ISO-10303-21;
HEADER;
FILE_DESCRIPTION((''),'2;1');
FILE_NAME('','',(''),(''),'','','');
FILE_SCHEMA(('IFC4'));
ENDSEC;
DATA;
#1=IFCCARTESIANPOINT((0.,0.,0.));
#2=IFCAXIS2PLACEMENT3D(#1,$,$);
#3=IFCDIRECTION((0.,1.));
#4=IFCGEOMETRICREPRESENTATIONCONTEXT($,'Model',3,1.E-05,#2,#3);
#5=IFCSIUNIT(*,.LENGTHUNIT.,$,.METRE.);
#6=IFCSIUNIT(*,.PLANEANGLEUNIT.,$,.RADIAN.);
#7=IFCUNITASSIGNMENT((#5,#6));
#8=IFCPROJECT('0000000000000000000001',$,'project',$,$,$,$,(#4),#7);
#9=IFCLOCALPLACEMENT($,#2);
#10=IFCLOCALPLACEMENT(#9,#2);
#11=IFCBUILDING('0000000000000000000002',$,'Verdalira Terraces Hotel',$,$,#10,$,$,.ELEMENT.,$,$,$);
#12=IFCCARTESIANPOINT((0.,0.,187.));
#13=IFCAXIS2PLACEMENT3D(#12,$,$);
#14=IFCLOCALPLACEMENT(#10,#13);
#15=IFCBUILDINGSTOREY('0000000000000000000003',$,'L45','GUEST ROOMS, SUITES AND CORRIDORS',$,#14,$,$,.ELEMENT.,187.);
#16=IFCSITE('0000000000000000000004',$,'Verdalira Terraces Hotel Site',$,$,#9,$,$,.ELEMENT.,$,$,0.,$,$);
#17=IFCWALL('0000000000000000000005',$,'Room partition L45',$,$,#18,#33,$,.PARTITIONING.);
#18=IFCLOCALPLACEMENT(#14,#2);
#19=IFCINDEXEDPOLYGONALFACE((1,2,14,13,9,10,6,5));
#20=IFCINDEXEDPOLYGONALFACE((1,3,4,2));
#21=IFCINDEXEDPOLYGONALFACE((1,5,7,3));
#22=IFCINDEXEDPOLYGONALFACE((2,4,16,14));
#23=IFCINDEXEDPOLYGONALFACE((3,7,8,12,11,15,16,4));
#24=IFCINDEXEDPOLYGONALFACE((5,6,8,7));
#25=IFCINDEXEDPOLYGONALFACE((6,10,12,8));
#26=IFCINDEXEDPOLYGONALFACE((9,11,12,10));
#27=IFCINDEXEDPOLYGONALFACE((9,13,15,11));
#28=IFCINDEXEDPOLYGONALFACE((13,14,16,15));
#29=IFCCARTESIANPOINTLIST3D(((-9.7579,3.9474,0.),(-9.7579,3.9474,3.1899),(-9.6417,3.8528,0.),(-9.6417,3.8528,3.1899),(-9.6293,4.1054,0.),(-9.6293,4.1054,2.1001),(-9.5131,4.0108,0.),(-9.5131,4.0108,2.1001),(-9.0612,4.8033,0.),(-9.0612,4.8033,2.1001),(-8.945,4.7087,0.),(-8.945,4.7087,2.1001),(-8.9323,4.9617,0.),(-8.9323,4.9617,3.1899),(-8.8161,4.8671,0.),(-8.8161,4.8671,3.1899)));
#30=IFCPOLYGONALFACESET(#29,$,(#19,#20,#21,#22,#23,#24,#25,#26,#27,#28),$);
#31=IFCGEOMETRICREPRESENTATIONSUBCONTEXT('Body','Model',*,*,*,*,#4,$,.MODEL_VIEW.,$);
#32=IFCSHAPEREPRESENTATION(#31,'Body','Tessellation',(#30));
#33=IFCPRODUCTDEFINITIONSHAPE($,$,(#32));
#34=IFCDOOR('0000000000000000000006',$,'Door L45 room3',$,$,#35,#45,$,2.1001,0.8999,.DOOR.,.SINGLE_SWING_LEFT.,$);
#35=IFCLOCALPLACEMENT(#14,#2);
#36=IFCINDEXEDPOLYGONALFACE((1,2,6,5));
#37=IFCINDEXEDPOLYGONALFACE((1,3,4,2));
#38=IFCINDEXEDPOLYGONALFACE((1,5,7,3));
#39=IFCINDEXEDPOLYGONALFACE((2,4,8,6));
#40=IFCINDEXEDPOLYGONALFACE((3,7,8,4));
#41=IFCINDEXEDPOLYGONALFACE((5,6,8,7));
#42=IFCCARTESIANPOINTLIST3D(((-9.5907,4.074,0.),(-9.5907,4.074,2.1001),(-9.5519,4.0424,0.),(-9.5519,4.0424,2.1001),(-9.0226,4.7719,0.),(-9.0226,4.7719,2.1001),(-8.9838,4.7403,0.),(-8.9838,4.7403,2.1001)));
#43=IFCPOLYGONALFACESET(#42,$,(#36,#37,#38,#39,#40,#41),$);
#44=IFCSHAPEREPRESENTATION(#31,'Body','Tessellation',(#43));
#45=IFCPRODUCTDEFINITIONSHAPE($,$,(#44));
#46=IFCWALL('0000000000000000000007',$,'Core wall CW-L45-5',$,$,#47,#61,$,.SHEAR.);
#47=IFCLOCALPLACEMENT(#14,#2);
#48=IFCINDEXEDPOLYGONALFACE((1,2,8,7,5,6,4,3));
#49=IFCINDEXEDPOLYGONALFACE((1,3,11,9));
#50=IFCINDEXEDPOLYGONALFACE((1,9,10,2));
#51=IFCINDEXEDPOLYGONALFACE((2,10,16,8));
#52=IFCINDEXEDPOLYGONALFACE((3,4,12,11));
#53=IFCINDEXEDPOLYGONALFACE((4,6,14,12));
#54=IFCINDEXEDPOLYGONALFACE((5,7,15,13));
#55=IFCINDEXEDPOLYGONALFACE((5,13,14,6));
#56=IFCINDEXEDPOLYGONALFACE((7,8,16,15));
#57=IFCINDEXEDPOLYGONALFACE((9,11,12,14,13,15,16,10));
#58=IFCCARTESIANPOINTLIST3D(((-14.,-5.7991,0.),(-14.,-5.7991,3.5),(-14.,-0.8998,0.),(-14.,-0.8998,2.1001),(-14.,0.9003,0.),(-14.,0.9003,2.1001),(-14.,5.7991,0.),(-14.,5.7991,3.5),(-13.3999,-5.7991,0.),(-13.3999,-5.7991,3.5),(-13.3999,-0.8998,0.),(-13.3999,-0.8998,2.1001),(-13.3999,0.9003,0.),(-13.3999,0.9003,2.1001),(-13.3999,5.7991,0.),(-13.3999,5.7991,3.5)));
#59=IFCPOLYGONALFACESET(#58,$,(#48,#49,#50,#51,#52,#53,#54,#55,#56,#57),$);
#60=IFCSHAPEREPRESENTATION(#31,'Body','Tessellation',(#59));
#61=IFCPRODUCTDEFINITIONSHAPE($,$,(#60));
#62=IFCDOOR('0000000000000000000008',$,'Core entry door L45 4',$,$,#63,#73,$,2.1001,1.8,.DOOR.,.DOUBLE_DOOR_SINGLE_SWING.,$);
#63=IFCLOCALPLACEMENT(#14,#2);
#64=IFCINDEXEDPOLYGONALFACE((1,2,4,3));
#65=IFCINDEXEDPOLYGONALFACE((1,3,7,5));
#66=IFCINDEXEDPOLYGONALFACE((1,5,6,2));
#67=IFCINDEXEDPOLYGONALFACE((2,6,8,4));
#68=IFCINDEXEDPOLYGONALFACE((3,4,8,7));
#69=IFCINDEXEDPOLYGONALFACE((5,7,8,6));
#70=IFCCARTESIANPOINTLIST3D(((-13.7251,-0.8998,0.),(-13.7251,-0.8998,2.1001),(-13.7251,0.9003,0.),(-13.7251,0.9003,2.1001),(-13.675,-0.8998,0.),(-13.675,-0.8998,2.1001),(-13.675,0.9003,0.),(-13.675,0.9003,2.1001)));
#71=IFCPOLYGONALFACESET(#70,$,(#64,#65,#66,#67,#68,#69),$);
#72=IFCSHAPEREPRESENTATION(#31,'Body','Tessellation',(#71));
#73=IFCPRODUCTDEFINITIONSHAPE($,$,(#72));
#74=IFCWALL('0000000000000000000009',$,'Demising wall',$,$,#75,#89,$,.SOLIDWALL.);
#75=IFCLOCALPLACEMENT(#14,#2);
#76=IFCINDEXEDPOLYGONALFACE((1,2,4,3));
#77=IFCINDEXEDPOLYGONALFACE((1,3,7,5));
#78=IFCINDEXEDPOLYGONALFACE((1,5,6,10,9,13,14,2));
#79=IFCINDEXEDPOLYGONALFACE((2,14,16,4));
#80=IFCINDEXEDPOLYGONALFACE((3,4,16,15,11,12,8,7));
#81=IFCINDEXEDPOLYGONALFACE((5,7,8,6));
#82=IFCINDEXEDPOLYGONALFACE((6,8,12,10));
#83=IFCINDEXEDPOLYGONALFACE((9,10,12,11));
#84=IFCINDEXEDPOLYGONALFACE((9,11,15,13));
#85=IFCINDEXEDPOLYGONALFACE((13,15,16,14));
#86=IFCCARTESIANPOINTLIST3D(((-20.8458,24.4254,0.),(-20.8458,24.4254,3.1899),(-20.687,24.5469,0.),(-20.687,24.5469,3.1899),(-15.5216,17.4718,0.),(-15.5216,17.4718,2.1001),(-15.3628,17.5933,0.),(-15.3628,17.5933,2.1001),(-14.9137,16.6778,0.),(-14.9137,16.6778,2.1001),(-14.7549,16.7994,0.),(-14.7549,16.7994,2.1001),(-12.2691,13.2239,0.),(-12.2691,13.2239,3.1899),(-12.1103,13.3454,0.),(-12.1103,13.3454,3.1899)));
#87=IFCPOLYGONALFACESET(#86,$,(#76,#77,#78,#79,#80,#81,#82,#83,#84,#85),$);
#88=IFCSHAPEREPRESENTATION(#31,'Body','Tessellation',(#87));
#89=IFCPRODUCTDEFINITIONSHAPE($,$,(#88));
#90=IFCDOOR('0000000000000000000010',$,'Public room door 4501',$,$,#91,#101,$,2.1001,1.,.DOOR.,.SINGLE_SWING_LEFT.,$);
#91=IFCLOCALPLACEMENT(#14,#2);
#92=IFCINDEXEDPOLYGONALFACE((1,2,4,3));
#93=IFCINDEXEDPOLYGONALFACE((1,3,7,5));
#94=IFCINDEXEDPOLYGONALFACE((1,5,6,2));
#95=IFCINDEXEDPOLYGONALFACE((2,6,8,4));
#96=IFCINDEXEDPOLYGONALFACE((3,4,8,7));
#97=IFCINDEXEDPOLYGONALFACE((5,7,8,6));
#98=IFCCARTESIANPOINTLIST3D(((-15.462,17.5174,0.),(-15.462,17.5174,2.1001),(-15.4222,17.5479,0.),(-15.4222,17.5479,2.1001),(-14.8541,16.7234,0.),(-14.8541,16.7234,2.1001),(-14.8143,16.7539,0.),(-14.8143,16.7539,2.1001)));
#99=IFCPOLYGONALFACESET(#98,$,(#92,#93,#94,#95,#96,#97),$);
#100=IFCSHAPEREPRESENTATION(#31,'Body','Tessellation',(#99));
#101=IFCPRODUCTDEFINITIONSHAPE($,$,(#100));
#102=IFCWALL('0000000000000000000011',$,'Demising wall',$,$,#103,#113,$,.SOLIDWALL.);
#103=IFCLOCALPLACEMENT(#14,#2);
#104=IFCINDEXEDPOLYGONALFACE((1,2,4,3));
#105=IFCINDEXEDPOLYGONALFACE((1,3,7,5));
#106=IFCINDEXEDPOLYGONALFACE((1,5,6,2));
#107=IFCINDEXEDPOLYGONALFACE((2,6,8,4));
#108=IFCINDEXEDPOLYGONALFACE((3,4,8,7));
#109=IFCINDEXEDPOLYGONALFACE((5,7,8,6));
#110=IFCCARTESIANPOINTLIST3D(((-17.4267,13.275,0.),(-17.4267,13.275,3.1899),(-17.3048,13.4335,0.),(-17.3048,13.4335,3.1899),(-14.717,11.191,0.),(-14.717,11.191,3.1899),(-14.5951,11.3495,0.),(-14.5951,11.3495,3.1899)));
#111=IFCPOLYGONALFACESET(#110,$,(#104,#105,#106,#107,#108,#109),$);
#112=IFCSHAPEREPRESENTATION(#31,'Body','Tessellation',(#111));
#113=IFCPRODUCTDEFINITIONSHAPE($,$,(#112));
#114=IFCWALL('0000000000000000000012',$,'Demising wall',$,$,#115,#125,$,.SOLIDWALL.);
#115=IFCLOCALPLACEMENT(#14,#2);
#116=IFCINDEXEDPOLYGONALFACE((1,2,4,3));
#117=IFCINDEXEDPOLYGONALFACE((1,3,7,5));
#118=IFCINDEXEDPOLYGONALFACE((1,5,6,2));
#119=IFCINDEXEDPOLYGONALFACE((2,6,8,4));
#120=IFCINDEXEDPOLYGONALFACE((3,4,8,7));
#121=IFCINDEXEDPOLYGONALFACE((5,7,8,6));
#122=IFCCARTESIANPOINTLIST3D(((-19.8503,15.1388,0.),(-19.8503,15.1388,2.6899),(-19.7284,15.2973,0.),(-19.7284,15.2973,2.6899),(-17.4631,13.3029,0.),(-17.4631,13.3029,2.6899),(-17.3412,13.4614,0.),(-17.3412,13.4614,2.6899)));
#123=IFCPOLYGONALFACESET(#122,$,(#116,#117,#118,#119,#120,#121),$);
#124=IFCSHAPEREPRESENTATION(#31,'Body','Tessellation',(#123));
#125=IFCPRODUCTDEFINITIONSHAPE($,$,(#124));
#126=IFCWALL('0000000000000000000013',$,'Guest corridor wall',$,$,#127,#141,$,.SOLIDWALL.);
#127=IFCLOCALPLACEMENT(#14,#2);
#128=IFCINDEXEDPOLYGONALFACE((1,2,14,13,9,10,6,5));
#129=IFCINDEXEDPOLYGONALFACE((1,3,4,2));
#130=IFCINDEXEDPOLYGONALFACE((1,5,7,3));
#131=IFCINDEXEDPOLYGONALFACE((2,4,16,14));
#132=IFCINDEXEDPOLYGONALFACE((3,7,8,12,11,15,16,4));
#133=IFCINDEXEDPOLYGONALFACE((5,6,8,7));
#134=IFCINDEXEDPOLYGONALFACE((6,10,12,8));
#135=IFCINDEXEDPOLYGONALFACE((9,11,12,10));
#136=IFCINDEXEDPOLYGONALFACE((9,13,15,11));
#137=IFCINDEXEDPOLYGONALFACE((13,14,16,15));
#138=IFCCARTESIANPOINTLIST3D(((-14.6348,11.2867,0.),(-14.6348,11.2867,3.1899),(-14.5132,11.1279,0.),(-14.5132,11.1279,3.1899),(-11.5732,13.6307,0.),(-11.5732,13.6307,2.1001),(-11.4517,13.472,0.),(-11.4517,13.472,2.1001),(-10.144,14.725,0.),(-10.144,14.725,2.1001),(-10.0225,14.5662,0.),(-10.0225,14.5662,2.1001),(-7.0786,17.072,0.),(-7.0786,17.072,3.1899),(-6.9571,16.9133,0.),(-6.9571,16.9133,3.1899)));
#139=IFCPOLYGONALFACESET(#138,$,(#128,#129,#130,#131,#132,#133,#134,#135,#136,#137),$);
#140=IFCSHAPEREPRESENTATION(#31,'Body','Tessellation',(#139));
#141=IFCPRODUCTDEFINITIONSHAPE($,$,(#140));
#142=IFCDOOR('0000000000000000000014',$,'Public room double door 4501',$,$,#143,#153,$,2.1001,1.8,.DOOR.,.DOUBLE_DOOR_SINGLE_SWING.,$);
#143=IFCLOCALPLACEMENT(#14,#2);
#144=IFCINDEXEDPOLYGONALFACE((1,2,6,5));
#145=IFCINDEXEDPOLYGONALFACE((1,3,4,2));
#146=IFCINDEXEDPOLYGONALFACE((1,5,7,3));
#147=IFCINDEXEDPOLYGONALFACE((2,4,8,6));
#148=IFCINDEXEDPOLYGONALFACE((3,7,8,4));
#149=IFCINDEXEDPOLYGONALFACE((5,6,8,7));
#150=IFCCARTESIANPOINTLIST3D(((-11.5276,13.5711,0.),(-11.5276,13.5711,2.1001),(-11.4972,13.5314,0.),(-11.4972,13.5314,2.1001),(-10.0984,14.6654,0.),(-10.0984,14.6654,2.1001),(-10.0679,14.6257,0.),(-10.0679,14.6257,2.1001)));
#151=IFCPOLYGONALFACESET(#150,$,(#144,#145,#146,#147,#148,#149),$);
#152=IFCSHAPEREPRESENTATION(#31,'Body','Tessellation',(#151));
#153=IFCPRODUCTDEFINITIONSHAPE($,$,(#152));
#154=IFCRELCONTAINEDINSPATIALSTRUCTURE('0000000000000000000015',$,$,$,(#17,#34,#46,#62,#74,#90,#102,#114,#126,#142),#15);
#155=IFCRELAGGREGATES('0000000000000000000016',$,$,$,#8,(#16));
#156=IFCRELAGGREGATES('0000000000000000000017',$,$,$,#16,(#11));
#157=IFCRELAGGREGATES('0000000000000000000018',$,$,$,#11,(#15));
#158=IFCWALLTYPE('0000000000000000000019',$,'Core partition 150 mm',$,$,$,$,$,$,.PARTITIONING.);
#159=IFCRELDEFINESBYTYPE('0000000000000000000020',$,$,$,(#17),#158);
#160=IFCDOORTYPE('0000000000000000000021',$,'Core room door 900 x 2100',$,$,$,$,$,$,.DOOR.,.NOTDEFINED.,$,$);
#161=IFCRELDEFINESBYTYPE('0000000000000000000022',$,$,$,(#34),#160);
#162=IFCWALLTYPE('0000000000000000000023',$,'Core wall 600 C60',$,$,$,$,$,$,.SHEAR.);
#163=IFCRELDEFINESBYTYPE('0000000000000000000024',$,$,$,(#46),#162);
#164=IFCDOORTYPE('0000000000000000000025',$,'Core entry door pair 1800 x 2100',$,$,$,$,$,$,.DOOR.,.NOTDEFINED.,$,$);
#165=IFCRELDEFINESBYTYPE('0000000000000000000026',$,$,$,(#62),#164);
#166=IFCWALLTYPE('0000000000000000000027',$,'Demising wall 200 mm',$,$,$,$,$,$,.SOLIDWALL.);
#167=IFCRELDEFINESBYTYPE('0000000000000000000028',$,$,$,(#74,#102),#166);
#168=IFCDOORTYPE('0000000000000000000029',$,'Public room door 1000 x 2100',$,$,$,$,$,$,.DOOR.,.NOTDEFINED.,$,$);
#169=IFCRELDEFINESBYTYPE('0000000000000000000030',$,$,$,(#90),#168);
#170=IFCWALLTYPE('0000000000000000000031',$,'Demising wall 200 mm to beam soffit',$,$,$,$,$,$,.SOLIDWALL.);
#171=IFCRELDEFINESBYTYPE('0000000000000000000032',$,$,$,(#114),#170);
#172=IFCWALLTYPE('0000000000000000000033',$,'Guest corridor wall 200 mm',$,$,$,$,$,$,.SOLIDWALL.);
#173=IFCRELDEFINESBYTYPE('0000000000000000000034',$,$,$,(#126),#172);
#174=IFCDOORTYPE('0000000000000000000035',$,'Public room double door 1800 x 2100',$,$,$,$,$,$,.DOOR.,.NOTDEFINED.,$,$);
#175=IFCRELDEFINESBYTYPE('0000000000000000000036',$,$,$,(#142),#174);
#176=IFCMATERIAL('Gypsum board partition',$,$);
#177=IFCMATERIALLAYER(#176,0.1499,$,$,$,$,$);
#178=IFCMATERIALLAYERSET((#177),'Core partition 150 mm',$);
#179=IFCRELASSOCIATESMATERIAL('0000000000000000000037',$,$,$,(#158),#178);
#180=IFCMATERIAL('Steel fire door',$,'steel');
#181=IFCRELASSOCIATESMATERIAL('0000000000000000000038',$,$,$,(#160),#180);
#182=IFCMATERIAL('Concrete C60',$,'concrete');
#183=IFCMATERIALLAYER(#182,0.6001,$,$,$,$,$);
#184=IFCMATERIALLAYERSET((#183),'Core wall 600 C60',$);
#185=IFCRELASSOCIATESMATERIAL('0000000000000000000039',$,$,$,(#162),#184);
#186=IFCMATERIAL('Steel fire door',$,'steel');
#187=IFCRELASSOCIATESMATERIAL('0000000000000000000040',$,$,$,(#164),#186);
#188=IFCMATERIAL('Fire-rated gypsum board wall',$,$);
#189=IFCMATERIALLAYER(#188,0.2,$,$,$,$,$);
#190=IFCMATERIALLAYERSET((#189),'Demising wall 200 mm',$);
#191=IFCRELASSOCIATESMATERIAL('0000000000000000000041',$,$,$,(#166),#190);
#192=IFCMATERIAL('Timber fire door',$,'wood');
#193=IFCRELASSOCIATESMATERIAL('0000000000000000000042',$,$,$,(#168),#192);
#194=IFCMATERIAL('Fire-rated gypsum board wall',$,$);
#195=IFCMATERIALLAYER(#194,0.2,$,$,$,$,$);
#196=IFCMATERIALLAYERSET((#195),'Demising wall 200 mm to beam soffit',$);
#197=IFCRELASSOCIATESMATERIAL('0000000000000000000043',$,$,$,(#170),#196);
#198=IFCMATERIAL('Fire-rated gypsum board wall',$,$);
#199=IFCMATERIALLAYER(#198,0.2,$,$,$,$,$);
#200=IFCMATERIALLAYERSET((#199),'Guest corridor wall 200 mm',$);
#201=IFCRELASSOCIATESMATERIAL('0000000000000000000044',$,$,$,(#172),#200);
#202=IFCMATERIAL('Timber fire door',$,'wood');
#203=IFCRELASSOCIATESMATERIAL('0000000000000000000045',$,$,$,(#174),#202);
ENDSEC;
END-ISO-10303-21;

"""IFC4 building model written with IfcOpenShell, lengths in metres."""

from ifc_helpers import new_model, si_unit, direction, frame, frame_2d, origin, place, context, subcontext, project, spatial, rectangle, extrude, material, layer, layer_set, type_object, element, fill, save


model = new_model("IFC4")

# Units and contexts
model_context = context("Model", 3, precision=1e-05, world=origin(), true_north=direction((0.0, 1.0)))
body_context = subcontext(model_context, "Body", "Model", "MODEL_VIEW")
ifc_project = project(units=[si_unit("LENGTHUNIT", "METRE"), si_unit("PLANEANGLEUNIT", "RADIAN")], contexts=[model_context])

# Site, building, storey
site_placement = place(None, origin())
site = spatial("IfcSite", under=ifc_project, at=site_placement, Name="Verdalira Terraces Hotel Site", CompositionType="ELEMENT", RefElevation=0.0)
building_placement = place(site_placement, origin())
building = spatial("IfcBuilding", under=site, at=building_placement, Name="Verdalira Terraces Hotel", CompositionType="ELEMENT")
storey_placement = place(building_placement, frame((0.0, 0.0, 187.0)))
storey = spatial("IfcBuildingStorey", under=building, at=storey_placement, Name="L45", Description="GUEST ROOMS, SUITES AND CORRIDORS", CompositionType="ELEMENT", Elevation=187.0)

# Walls, openings, doors
ifc_material_1 = material(Name="Gypsum board partition")
ifc_layer_1 = layer(ifc_material_1, 0.1499)
ifc_layer_set_1 = layer_set([ifc_layer_1], Name="Core partition 150 mm")
wall_type_1 = type_object("IfcWallType", Name="Core partition 150 mm", PredefinedType="PARTITIONING", material=ifc_layer_set_1)
ifc_material_2 = material(Name="Steel fire door", Category="steel")
door_type_1 = type_object("IfcDoorType", Name="Core room door 900 x 2100", OperationType="NOTDEFINED", PredefinedType="DOOR", material=ifc_material_2)
wall_1_placement = place(storey_placement, frame((-8.8743, 4.9143, 0.0), z_axis=(0.0, 0.0, 1.0), x_axis=(-0.631274, -0.77556, 0.0)))
wall_1 = element("IfcWall", 1, at=wall_1_placement, inside=storey, type_object=wall_type_1, Name="Room partition L45", PredefinedType="PARTITIONING", context=body_context, shape_type="SweptSolid", body=[
    extrude(rectangle(XDim=1.3079, YDim=0.1499, at=frame_2d((0.6538, 0.0))), origin(), (0.0, 0.0, 1.0), 3.1899),
])
opening_1_placement = place(wall_1_placement, frame((0.2041, 0.0, 0.0)))
opening_1 = element("IfcOpeningElement", 2, at=opening_1_placement, cuts=wall_1, PredefinedType="OPENING", context=body_context, shape_type="SweptSolid", body=[
    extrude(rectangle(XDim=0.8999, YDim=2.1001, at=frame_2d((0.45, 1.05))), frame((0.0, 0.085, 0.0), z_axis=(0.0, -1.0, 0.0), x_axis=(1.0, 0.0, 0.0)), (0.0, 0.0, 1.0), 0.1699),
])
door_1_placement = place(opening_1_placement, origin())
door_1 = element("IfcDoor", 3, at=door_1_placement, inside=storey, type_object=door_type_1, Name="Door L45 room3", OperationType="SINGLE_SWING_LEFT", OverallHeight=2.1001, OverallWidth=0.8999, PredefinedType="DOOR", context=body_context, shape_type="SweptSolid", body=[
    extrude(rectangle(XDim=0.8999, YDim=2.1001, at=frame_2d((0.45, 1.05))), frame((0.0, 0.0249, 0.0), z_axis=(0.0, -1.0, 0.0), x_axis=(1.0, 0.0, 0.0)), (0.0, 0.0, 1.0), 0.05),
])
fill(opening_1, door_1)
ifc_material_3 = material(Name="Concrete C60", Category="concrete")
ifc_layer_2 = layer(ifc_material_3, 0.6001)
ifc_layer_set_2 = layer_set([ifc_layer_2], Name="Core wall 600 C60")
wall_type_2 = type_object("IfcWallType", Name="Core wall 600 C60", PredefinedType="SHEAR", material=ifc_layer_set_2)
wall_2_placement = place(storey_placement, frame((-13.7, 5.7991, 0.0), z_axis=(0.0, 0.0, 1.0), x_axis=(0.0, -1.0, 0.0)))
wall_2 = element("IfcWall", 4, at=wall_2_placement, inside=storey, type_object=wall_type_2, Name="Core wall CW-L45-5", PredefinedType="SHEAR", context=body_context, shape_type="SweptSolid", body=[
    extrude(rectangle(XDim=11.5981, YDim=0.6001, at=frame_2d((5.7991, 0.0))), origin(), (0.0, 0.0, 1.0), 3.5),
])
opening_2_placement = place(wall_2_placement, frame((4.8989, 0.0, 0.0)))
opening_2 = element("IfcOpeningElement", 5, at=opening_2_placement, cuts=wall_2, PredefinedType="OPENING", context=body_context, shape_type="SweptSolid", body=[
    extrude(rectangle(XDim=1.8, YDim=2.1001, at=frame_2d((0.8999, 1.05))), frame((0.0, 0.3101, 0.0), z_axis=(0.0, -1.0, 0.0), x_axis=(1.0, 0.0, 0.0)), (0.0, 0.0, 1.0), 0.6201),
])
ifc_material_4 = material(Name="Steel fire door", Category="steel")
door_type_2 = type_object("IfcDoorType", Name="Core entry door pair 1800 x 2100", OperationType="NOTDEFINED", PredefinedType="DOOR", material=ifc_material_4)
door_2_placement = place(opening_2_placement, origin())
door_2 = element("IfcDoor", 6, at=door_2_placement, inside=storey, type_object=door_type_2, Name="Core entry door L45 4", OperationType="DOUBLE_DOOR_SINGLE_SWING", OverallHeight=2.1001, OverallWidth=1.8, PredefinedType="DOOR", context=body_context, shape_type="SweptSolid", body=[
    extrude(rectangle(XDim=1.8, YDim=2.1001, at=frame_2d((0.8999, 1.05))), frame((0.0, 0.0249, 0.0), z_axis=(0.0, -1.0, 0.0), x_axis=(1.0, 0.0, 0.0)), (0.0, 0.0, 1.0), 0.05),
])
fill(opening_2, door_2)
ifc_material_5 = material(Name="Fire-rated gypsum board wall")
ifc_layer_3 = layer(ifc_material_5, 0.2)
ifc_layer_set_3 = layer_set([ifc_layer_3], Name="Demising wall 200 mm")
wall_type_3 = type_object("IfcWallType", Name="Demising wall 200 mm", PredefinedType="SOLIDWALL", material=ifc_layer_set_3)
wall_3_placement = place(storey_placement, frame((-12.1897, 13.2847, 0.0), z_axis=(0.0, 0.0, 1.0), x_axis=(-0.607936, 0.793986, 0.0)))
wall_3 = element("IfcWall", 7, at=wall_3_placement, inside=storey, type_object=wall_type_3, Name="Demising wall", PredefinedType="SOLIDWALL", context=body_context, shape_type="SweptSolid", body=[
    extrude(rectangle(XDim=14.1079, YDim=0.2, at=frame_2d((7.054, 0.0))), origin(), (0.0, 0.0, 1.0), 3.1899),
])
opening_3_placement = place(wall_3_placement, frame((4.3501, 0.0, 0.0)))
opening_3 = element("IfcOpeningElement", 8, at=opening_3_placement, cuts=wall_3, PredefinedType="OPENING", context=body_context, shape_type="SweptSolid", body=[
    extrude(rectangle(XDim=1.0, YDim=2.1001, at=frame_2d((0.5, 1.05))), frame((0.0, 0.1099, 0.0), z_axis=(0.0, -1.0, 0.0), x_axis=(1.0, 0.0, 0.0)), (0.0, 0.0, 1.0), 0.22),
])
ifc_material_6 = material(Name="Timber fire door", Category="wood")
door_type_3 = type_object("IfcDoorType", Name="Public room door 1000 x 2100", OperationType="NOTDEFINED", PredefinedType="DOOR", material=ifc_material_6)
door_3_placement = place(opening_3_placement, origin())
door_3 = element("IfcDoor", 9, at=door_3_placement, inside=storey, type_object=door_type_3, Name="Public room door 4501", OperationType="SINGLE_SWING_LEFT", OverallHeight=2.1001, OverallWidth=1.0, PredefinedType="DOOR", context=body_context, shape_type="SweptSolid", body=[
    extrude(rectangle(XDim=1.0, YDim=2.1001, at=frame_2d((0.5, 1.05))), frame((0.0, 0.0249, 0.0), z_axis=(0.0, -1.0, 0.0), x_axis=(1.0, 0.0, 0.0)), (0.0, 0.0, 1.0), 0.05),
])
fill(opening_3, door_3)

# Walls
wall_4_placement = place(storey_placement, frame((-14.656, 11.2703, 0.0), z_axis=(0.0, 0.0, 1.0), x_axis=(-0.792682, 0.609635, 0.0)))
element("IfcWall", 10, at=wall_4_placement, inside=storey, type_object=wall_type_3, Name="Demising wall", PredefinedType="SOLIDWALL", context=body_context, shape_type="SweptSolid", body=[
    extrude(rectangle(XDim=3.4185, YDim=0.2, at=frame_2d((1.7092, 0.0))), origin(), (0.0, 0.0, 1.0), 3.1899),
])
ifc_material_7 = material(Name="Fire-rated gypsum board wall")
ifc_layer_4 = layer(ifc_material_7, 0.2)
ifc_layer_set_4 = layer_set([ifc_layer_4], Name="Demising wall 200 mm to beam soffit")
wall_type_4 = type_object("IfcWallType", Name="Demising wall 200 mm to beam soffit", PredefinedType="SOLIDWALL", material=ifc_layer_set_4)
wall_5_placement = place(storey_placement, frame((-17.4021, 13.3821, 0.0), z_axis=(0.0, 0.0, 1.0), x_axis=(-0.792684, 0.609632, 0.0)))
element("IfcWall", 11, at=wall_5_placement, inside=storey, type_object=wall_type_4, Name="Demising wall", PredefinedType="SOLIDWALL", context=body_context, shape_type="SweptSolid", body=[
    extrude(rectangle(XDim=3.0115, YDim=0.2, at=frame_2d((1.5059, 0.0))), origin(), (0.0, 0.0, 1.0), 2.6899),
])

# Wall, opening, door
ifc_material_8 = material(Name="Fire-rated gypsum board wall")
ifc_layer_5 = layer(ifc_material_8, 0.2)
ifc_layer_set_5 = layer_set([ifc_layer_5], Name="Guest corridor wall 200 mm")
wall_type_5 = type_object("IfcWallType", Name="Guest corridor wall 200 mm", PredefinedType="SOLIDWALL", material=ifc_layer_set_5)
wall_6_placement = place(storey_placement, frame((-14.574, 11.2073, 0.0), z_axis=(0.0, 0.0, 1.0), x_axis=(0.793994, 0.607925, 0.0)))
wall_6 = element("IfcWall", 12, at=wall_6_placement, inside=storey, type_object=wall_type_5, Name="Guest corridor wall", PredefinedType="SOLIDWALL", context=body_context, shape_type="SweptSolid", body=[
    extrude(rectangle(XDim=9.5166, YDim=0.2, at=frame_2d((4.7583, 0.0))), origin(), (0.0, 0.0, 1.0), 3.1899),
])
opening_4_placement = place(wall_6_placement, frame((3.856, 0.0, 0.0)))
opening_4 = element("IfcOpeningElement", 13, at=opening_4_placement, cuts=wall_6, PredefinedType="OPENING", context=body_context, shape_type="SweptSolid", body=[
    extrude(rectangle(XDim=1.8, YDim=2.1001, at=frame_2d((0.8999, 1.05))), frame((0.0, 0.1099, 0.0), z_axis=(0.0, -1.0, 0.0), x_axis=(1.0, 0.0, 0.0)), (0.0, 0.0, 1.0), 0.22),
])
ifc_material_9 = material(Name="Timber fire door", Category="wood")
door_type_4 = type_object("IfcDoorType", Name="Public room double door 1800 x 2100", OperationType="NOTDEFINED", PredefinedType="DOOR", material=ifc_material_9)
door_4_placement = place(opening_4_placement, origin())
door_4 = element("IfcDoor", 14, at=door_4_placement, inside=storey, type_object=door_type_4, Name="Public room double door 4501", OperationType="DOUBLE_DOOR_SINGLE_SWING", OverallHeight=2.1001, OverallWidth=1.8, PredefinedType="DOOR", context=body_context, shape_type="SweptSolid", body=[
    extrude(rectangle(XDim=1.8, YDim=2.1001, at=frame_2d((0.8999, 1.05))), frame((0.0, 0.0249, 0.0), z_axis=(0.0, -1.0, 0.0), x_axis=(1.0, 0.0, 0.0)), (0.0, 0.0, 1.0), 0.05),
])
fill(opening_4, door_4)

save(model, "model.ifc")
